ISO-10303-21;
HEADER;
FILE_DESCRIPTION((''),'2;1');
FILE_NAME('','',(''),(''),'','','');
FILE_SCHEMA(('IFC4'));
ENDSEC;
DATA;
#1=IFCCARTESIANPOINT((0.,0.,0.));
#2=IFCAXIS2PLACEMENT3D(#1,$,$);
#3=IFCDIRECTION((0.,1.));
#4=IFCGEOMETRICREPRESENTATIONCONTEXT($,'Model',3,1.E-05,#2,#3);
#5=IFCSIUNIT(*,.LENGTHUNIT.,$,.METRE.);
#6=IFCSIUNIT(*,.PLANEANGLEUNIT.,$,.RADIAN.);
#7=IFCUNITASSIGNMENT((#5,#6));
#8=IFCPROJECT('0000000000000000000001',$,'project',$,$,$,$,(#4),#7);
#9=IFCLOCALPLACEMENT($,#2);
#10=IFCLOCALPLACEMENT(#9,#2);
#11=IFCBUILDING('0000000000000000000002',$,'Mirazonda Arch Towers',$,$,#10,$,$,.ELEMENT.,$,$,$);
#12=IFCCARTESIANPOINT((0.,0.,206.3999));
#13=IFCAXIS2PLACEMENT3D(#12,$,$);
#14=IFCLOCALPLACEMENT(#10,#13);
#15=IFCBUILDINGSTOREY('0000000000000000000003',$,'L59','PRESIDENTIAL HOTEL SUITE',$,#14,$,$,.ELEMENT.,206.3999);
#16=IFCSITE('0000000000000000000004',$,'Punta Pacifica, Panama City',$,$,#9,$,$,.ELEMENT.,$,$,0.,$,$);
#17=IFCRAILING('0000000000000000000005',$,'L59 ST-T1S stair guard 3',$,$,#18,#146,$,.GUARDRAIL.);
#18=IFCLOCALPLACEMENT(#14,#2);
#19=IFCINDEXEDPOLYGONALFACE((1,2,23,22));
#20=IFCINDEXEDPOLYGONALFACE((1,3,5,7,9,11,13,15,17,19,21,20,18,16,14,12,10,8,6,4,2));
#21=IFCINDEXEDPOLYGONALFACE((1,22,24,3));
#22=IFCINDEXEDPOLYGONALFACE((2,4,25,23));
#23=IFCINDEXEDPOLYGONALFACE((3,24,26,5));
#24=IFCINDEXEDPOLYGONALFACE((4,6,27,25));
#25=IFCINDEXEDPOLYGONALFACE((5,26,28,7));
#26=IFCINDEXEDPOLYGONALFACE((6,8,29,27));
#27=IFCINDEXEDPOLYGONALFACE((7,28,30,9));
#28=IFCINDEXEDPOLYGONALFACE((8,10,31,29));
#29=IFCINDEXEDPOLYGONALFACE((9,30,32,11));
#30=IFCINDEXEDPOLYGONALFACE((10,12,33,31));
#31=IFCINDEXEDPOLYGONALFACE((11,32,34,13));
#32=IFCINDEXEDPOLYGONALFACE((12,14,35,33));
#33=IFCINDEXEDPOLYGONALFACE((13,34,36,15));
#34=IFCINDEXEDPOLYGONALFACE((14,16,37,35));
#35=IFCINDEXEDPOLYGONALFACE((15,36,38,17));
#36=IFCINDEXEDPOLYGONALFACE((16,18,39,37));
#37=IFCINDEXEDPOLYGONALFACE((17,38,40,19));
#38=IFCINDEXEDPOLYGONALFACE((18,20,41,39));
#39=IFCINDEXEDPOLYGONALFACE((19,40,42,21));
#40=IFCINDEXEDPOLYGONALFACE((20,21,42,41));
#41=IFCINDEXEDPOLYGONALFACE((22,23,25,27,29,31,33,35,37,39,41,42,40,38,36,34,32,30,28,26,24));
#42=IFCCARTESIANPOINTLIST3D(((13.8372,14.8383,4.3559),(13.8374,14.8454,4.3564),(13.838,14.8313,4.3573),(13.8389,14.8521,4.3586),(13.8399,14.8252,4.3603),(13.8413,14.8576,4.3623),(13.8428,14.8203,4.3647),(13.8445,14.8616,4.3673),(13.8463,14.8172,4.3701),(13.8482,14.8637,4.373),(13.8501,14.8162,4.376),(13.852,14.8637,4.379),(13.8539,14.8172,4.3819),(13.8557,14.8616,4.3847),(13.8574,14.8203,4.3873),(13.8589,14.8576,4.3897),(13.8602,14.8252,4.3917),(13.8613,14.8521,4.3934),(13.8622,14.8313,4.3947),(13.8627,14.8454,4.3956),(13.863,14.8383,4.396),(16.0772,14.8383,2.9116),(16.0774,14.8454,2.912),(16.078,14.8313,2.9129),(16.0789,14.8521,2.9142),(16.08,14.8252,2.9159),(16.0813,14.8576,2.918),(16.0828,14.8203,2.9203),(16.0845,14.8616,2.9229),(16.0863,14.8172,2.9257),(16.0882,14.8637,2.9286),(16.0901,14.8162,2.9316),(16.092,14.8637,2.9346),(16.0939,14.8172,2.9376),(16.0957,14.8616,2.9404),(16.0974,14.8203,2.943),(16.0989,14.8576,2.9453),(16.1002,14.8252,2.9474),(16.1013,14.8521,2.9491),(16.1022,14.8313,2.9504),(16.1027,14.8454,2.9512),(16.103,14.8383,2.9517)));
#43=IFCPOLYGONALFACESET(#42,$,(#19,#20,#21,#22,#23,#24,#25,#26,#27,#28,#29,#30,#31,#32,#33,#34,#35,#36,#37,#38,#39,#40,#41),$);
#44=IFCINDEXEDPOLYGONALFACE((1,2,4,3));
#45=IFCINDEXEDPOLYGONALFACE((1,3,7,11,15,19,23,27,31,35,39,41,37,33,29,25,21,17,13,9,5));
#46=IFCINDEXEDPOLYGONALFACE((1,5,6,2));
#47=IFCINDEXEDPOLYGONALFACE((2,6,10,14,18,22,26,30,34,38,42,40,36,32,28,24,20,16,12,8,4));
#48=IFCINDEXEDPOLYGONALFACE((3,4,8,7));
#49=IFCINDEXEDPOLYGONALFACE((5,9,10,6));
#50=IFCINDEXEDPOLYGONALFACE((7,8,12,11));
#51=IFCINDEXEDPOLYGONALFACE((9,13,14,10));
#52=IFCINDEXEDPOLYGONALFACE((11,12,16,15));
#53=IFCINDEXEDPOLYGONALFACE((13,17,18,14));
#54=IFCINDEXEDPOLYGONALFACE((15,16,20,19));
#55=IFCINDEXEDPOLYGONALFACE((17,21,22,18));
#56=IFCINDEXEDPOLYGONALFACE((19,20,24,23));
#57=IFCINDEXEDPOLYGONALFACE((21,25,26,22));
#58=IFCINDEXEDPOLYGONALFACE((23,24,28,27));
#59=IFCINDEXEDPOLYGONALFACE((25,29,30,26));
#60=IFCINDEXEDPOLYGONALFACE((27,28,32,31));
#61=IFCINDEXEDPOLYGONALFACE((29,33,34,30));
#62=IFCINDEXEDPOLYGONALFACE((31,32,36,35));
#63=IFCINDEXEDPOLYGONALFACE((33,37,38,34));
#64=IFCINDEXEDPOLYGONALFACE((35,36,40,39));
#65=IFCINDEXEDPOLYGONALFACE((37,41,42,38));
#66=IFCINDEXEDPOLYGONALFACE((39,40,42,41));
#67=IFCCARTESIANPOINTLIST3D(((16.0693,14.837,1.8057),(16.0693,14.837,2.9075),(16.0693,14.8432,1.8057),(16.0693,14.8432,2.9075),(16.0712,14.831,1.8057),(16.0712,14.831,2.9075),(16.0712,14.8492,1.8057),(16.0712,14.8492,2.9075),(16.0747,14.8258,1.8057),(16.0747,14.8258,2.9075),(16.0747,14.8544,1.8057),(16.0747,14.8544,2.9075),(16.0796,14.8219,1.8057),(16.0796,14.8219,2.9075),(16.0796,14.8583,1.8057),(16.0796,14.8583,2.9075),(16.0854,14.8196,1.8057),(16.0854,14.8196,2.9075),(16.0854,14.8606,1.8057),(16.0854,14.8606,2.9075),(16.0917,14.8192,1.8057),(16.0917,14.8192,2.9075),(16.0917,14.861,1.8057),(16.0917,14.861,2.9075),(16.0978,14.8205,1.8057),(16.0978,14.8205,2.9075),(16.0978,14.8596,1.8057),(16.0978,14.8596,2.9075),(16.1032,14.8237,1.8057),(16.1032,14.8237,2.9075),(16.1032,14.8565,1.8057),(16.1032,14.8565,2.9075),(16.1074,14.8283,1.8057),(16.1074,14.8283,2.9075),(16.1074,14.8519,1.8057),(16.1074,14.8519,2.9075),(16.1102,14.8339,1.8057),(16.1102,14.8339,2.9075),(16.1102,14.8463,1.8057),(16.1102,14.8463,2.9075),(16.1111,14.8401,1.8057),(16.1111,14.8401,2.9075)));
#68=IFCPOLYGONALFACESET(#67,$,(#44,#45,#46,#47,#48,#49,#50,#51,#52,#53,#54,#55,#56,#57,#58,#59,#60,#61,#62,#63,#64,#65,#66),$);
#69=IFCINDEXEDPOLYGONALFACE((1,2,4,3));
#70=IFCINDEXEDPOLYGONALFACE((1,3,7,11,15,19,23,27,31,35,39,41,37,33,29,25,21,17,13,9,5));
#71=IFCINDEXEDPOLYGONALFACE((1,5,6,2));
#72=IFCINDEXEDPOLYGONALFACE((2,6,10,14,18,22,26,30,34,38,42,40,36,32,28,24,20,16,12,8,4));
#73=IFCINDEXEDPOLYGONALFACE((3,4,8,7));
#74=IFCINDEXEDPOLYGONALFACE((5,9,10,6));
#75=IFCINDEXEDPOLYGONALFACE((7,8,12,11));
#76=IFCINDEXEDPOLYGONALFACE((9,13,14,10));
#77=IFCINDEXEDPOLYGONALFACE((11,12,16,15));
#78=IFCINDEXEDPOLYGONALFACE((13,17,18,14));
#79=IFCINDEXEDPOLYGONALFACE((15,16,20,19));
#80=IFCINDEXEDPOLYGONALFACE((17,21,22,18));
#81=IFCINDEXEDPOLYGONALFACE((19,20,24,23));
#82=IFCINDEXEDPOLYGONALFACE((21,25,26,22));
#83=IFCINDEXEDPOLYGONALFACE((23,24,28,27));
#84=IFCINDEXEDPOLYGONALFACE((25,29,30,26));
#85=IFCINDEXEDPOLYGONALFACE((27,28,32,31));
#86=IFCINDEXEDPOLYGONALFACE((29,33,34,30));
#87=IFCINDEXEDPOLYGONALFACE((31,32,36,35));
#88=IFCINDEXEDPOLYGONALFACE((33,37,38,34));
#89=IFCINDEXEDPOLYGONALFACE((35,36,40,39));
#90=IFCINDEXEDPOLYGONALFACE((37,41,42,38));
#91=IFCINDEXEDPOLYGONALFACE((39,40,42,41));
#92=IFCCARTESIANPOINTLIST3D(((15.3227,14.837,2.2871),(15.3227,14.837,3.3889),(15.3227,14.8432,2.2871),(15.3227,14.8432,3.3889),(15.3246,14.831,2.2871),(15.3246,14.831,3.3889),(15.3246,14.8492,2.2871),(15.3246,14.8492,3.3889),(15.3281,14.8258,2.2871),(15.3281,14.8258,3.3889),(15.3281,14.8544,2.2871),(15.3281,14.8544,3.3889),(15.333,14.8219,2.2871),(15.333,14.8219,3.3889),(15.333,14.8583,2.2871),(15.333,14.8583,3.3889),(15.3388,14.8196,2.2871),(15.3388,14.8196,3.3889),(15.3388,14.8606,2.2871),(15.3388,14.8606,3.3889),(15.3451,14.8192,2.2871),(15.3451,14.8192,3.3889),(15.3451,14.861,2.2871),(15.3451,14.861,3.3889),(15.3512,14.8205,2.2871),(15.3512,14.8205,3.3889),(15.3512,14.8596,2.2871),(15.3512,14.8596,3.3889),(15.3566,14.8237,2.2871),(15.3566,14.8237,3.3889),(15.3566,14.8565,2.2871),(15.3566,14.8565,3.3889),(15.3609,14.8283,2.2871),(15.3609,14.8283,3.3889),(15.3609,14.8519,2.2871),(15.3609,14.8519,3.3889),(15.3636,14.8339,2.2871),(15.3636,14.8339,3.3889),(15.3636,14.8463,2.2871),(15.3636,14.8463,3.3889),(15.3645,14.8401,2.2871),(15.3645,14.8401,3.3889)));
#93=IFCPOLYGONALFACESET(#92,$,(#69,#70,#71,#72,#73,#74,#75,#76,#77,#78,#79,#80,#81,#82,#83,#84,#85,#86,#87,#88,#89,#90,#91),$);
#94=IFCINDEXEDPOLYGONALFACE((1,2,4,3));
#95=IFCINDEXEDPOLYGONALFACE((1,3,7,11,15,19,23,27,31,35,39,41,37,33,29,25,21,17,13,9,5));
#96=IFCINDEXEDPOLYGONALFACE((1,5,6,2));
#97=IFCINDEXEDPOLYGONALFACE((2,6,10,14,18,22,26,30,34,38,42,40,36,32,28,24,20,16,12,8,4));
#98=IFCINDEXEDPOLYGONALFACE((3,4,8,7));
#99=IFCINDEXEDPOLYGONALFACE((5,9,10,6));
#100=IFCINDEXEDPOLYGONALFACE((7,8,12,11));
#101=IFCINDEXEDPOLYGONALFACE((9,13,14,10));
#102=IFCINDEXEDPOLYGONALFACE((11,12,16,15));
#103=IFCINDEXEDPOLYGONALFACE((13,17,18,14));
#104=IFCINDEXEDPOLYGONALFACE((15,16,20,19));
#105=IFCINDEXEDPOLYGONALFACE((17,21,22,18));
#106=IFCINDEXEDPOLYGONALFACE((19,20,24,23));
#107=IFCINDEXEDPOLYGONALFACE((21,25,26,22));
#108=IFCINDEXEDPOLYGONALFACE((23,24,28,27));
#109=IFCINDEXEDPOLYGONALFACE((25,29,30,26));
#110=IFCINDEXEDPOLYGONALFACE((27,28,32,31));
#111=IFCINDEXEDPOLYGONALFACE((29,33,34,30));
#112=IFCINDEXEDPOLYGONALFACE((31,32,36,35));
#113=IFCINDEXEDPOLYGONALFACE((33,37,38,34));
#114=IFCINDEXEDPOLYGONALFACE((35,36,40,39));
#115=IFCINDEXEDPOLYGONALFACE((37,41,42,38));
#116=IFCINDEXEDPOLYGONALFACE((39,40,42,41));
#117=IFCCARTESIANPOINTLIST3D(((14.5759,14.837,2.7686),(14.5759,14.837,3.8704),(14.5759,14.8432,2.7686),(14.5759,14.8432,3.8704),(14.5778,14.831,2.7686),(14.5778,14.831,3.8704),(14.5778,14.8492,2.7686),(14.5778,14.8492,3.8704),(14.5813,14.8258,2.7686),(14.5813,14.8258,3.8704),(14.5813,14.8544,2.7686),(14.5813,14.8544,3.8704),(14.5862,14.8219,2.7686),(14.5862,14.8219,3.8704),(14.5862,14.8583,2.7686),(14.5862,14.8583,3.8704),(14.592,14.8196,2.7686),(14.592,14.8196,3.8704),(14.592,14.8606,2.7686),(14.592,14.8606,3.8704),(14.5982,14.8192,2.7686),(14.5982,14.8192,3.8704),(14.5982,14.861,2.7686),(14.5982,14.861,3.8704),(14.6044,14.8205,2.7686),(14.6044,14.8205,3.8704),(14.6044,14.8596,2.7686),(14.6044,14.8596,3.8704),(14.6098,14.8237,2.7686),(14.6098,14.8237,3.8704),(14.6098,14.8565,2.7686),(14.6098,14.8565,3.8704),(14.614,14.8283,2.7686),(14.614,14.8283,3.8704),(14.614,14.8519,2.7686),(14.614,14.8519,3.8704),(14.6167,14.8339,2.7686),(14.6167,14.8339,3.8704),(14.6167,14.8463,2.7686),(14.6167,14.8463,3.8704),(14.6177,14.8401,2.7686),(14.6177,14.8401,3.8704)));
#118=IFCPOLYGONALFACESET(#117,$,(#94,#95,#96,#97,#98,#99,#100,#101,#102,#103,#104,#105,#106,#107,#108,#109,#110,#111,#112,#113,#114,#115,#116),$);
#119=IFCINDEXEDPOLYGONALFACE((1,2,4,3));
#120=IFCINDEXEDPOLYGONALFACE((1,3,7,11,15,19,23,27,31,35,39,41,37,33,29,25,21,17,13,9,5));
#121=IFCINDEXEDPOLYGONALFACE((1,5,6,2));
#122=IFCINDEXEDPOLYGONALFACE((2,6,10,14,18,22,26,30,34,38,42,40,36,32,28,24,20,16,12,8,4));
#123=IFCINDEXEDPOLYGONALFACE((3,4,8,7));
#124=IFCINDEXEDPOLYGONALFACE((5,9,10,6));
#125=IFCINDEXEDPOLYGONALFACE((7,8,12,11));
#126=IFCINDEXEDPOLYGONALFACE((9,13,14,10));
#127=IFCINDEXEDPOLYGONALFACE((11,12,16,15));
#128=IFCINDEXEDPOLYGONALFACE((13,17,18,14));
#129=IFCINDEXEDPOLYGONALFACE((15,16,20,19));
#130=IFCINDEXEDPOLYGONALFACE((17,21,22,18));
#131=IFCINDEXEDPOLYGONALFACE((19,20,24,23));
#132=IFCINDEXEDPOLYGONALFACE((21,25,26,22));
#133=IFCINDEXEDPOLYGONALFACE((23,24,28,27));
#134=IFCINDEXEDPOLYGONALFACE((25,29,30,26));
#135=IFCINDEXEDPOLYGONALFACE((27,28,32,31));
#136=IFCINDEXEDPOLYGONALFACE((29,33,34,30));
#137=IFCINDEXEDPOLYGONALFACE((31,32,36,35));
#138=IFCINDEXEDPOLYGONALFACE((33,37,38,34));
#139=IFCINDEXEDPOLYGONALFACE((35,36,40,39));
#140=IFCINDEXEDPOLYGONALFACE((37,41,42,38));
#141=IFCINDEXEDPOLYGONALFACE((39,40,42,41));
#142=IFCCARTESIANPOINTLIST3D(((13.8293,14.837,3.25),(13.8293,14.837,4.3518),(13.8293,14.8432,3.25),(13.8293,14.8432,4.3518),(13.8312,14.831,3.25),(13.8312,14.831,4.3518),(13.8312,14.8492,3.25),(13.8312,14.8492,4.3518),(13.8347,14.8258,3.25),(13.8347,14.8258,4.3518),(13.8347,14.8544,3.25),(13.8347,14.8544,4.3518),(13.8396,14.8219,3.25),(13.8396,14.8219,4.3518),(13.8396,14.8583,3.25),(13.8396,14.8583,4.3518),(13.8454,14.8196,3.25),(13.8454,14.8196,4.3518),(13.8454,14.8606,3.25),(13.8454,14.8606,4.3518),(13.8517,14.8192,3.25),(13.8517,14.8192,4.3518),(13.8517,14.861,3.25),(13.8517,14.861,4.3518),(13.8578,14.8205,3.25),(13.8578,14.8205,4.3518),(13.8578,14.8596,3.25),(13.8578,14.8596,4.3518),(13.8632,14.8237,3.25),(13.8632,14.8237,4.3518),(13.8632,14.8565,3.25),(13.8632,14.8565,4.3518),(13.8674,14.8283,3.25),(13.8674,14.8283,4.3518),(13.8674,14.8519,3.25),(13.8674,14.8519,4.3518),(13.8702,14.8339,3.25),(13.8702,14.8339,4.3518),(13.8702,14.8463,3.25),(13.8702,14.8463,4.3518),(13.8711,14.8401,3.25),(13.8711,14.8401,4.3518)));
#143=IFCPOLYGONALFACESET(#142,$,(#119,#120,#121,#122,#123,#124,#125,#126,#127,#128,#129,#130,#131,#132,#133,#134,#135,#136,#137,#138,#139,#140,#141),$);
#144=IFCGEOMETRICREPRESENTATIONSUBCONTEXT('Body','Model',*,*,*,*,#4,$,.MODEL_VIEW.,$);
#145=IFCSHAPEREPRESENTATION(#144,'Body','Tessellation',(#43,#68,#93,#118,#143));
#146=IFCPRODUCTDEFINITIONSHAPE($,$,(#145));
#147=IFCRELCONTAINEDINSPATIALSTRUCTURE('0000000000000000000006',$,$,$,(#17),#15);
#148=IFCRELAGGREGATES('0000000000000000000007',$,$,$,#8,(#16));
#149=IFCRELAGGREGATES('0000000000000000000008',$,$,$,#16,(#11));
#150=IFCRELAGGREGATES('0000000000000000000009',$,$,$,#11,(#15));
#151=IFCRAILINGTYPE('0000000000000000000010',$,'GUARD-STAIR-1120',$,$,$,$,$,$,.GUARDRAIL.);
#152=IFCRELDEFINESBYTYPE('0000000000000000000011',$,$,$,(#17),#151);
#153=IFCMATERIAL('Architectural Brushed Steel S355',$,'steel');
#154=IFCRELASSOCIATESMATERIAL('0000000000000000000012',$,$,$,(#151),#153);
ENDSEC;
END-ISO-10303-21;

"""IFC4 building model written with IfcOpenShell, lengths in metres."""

from ifc_helpers import new_model, si_unit, direction, frame, origin, origin_2d, place, context, subcontext, project, spatial, circle, extrude, material, type_object, element, save


model = new_model("IFC4")

# Units and contexts
model_context = context("Model", 3, precision=1e-05, world=origin(), true_north=direction((0.0, 1.0)))
body_context = subcontext(model_context, "Body", "Model", "MODEL_VIEW")
ifc_project = project(units=[si_unit("LENGTHUNIT", "METRE"), si_unit("PLANEANGLEUNIT", "RADIAN")], contexts=[model_context])

# Site, building, storey
site_placement = place(None, origin())
site = spatial("IfcSite", under=ifc_project, at=site_placement, Name="Punta Pacifica, Panama City", CompositionType="ELEMENT", RefElevation=0.0)
building_placement = place(site_placement, origin())
building = spatial("IfcBuilding", under=site, at=building_placement, Name="Mirazonda Arch Towers", CompositionType="ELEMENT")
storey_placement = place(building_placement, frame((0.0, 0.0, 206.3999)))
storey = spatial("IfcBuildingStorey", under=building, at=storey_placement, Name="L59", Description="PRESIDENTIAL HOTEL SUITE", CompositionType="ELEMENT", Elevation=206.3999)

# Shared definitions
ifc_material_1 = material(Name="Architectural Brushed Steel S355", Category="steel")

# Railing
railing_type_1 = type_object("IfcRailingType", Name="GUARD-STAIR-1120", PredefinedType="GUARDRAIL", material=ifc_material_1)
railing_1_placement = place(storey_placement, frame((16.0901, 14.8401, 1.8057)))
element("IfcRailing", 1, at=railing_1_placement, inside=storey, type_object=railing_type_1, Name="L59 ST-T1S stair guard 3", PredefinedType="GUARDRAIL", context=body_context, shape_type="SweptSolid", body=[
    extrude(circle(Radius=0.0239, at=origin_2d()), frame((0.0, 0.0, 1.126), z_axis=(-0.840437, 0.0, 0.54191), x_axis=(0.0, -1.0, 0.0)), (0.0, 0.0, 1.0), 2.6653),
    extrude(circle(Radius=0.021, at=origin_2d()), origin(), (0.0, 0.0, 1.0), 1.1018),
    extrude(circle(Radius=0.021, at=origin_2d()), frame((-0.7466, 0.0, 0.4814)), (0.0, 0.0, 1.0), 1.1018),
    extrude(circle(Radius=0.021, at=origin_2d()), frame((-1.4934, 0.0, 0.9629)), (0.0, 0.0, 1.0), 1.1018),
    extrude(circle(Radius=0.021, at=origin_2d()), frame((-2.24, 0.0, 1.4443)), (0.0, 0.0, 1.0), 1.1018),
])

save(model, "model.ifc")
